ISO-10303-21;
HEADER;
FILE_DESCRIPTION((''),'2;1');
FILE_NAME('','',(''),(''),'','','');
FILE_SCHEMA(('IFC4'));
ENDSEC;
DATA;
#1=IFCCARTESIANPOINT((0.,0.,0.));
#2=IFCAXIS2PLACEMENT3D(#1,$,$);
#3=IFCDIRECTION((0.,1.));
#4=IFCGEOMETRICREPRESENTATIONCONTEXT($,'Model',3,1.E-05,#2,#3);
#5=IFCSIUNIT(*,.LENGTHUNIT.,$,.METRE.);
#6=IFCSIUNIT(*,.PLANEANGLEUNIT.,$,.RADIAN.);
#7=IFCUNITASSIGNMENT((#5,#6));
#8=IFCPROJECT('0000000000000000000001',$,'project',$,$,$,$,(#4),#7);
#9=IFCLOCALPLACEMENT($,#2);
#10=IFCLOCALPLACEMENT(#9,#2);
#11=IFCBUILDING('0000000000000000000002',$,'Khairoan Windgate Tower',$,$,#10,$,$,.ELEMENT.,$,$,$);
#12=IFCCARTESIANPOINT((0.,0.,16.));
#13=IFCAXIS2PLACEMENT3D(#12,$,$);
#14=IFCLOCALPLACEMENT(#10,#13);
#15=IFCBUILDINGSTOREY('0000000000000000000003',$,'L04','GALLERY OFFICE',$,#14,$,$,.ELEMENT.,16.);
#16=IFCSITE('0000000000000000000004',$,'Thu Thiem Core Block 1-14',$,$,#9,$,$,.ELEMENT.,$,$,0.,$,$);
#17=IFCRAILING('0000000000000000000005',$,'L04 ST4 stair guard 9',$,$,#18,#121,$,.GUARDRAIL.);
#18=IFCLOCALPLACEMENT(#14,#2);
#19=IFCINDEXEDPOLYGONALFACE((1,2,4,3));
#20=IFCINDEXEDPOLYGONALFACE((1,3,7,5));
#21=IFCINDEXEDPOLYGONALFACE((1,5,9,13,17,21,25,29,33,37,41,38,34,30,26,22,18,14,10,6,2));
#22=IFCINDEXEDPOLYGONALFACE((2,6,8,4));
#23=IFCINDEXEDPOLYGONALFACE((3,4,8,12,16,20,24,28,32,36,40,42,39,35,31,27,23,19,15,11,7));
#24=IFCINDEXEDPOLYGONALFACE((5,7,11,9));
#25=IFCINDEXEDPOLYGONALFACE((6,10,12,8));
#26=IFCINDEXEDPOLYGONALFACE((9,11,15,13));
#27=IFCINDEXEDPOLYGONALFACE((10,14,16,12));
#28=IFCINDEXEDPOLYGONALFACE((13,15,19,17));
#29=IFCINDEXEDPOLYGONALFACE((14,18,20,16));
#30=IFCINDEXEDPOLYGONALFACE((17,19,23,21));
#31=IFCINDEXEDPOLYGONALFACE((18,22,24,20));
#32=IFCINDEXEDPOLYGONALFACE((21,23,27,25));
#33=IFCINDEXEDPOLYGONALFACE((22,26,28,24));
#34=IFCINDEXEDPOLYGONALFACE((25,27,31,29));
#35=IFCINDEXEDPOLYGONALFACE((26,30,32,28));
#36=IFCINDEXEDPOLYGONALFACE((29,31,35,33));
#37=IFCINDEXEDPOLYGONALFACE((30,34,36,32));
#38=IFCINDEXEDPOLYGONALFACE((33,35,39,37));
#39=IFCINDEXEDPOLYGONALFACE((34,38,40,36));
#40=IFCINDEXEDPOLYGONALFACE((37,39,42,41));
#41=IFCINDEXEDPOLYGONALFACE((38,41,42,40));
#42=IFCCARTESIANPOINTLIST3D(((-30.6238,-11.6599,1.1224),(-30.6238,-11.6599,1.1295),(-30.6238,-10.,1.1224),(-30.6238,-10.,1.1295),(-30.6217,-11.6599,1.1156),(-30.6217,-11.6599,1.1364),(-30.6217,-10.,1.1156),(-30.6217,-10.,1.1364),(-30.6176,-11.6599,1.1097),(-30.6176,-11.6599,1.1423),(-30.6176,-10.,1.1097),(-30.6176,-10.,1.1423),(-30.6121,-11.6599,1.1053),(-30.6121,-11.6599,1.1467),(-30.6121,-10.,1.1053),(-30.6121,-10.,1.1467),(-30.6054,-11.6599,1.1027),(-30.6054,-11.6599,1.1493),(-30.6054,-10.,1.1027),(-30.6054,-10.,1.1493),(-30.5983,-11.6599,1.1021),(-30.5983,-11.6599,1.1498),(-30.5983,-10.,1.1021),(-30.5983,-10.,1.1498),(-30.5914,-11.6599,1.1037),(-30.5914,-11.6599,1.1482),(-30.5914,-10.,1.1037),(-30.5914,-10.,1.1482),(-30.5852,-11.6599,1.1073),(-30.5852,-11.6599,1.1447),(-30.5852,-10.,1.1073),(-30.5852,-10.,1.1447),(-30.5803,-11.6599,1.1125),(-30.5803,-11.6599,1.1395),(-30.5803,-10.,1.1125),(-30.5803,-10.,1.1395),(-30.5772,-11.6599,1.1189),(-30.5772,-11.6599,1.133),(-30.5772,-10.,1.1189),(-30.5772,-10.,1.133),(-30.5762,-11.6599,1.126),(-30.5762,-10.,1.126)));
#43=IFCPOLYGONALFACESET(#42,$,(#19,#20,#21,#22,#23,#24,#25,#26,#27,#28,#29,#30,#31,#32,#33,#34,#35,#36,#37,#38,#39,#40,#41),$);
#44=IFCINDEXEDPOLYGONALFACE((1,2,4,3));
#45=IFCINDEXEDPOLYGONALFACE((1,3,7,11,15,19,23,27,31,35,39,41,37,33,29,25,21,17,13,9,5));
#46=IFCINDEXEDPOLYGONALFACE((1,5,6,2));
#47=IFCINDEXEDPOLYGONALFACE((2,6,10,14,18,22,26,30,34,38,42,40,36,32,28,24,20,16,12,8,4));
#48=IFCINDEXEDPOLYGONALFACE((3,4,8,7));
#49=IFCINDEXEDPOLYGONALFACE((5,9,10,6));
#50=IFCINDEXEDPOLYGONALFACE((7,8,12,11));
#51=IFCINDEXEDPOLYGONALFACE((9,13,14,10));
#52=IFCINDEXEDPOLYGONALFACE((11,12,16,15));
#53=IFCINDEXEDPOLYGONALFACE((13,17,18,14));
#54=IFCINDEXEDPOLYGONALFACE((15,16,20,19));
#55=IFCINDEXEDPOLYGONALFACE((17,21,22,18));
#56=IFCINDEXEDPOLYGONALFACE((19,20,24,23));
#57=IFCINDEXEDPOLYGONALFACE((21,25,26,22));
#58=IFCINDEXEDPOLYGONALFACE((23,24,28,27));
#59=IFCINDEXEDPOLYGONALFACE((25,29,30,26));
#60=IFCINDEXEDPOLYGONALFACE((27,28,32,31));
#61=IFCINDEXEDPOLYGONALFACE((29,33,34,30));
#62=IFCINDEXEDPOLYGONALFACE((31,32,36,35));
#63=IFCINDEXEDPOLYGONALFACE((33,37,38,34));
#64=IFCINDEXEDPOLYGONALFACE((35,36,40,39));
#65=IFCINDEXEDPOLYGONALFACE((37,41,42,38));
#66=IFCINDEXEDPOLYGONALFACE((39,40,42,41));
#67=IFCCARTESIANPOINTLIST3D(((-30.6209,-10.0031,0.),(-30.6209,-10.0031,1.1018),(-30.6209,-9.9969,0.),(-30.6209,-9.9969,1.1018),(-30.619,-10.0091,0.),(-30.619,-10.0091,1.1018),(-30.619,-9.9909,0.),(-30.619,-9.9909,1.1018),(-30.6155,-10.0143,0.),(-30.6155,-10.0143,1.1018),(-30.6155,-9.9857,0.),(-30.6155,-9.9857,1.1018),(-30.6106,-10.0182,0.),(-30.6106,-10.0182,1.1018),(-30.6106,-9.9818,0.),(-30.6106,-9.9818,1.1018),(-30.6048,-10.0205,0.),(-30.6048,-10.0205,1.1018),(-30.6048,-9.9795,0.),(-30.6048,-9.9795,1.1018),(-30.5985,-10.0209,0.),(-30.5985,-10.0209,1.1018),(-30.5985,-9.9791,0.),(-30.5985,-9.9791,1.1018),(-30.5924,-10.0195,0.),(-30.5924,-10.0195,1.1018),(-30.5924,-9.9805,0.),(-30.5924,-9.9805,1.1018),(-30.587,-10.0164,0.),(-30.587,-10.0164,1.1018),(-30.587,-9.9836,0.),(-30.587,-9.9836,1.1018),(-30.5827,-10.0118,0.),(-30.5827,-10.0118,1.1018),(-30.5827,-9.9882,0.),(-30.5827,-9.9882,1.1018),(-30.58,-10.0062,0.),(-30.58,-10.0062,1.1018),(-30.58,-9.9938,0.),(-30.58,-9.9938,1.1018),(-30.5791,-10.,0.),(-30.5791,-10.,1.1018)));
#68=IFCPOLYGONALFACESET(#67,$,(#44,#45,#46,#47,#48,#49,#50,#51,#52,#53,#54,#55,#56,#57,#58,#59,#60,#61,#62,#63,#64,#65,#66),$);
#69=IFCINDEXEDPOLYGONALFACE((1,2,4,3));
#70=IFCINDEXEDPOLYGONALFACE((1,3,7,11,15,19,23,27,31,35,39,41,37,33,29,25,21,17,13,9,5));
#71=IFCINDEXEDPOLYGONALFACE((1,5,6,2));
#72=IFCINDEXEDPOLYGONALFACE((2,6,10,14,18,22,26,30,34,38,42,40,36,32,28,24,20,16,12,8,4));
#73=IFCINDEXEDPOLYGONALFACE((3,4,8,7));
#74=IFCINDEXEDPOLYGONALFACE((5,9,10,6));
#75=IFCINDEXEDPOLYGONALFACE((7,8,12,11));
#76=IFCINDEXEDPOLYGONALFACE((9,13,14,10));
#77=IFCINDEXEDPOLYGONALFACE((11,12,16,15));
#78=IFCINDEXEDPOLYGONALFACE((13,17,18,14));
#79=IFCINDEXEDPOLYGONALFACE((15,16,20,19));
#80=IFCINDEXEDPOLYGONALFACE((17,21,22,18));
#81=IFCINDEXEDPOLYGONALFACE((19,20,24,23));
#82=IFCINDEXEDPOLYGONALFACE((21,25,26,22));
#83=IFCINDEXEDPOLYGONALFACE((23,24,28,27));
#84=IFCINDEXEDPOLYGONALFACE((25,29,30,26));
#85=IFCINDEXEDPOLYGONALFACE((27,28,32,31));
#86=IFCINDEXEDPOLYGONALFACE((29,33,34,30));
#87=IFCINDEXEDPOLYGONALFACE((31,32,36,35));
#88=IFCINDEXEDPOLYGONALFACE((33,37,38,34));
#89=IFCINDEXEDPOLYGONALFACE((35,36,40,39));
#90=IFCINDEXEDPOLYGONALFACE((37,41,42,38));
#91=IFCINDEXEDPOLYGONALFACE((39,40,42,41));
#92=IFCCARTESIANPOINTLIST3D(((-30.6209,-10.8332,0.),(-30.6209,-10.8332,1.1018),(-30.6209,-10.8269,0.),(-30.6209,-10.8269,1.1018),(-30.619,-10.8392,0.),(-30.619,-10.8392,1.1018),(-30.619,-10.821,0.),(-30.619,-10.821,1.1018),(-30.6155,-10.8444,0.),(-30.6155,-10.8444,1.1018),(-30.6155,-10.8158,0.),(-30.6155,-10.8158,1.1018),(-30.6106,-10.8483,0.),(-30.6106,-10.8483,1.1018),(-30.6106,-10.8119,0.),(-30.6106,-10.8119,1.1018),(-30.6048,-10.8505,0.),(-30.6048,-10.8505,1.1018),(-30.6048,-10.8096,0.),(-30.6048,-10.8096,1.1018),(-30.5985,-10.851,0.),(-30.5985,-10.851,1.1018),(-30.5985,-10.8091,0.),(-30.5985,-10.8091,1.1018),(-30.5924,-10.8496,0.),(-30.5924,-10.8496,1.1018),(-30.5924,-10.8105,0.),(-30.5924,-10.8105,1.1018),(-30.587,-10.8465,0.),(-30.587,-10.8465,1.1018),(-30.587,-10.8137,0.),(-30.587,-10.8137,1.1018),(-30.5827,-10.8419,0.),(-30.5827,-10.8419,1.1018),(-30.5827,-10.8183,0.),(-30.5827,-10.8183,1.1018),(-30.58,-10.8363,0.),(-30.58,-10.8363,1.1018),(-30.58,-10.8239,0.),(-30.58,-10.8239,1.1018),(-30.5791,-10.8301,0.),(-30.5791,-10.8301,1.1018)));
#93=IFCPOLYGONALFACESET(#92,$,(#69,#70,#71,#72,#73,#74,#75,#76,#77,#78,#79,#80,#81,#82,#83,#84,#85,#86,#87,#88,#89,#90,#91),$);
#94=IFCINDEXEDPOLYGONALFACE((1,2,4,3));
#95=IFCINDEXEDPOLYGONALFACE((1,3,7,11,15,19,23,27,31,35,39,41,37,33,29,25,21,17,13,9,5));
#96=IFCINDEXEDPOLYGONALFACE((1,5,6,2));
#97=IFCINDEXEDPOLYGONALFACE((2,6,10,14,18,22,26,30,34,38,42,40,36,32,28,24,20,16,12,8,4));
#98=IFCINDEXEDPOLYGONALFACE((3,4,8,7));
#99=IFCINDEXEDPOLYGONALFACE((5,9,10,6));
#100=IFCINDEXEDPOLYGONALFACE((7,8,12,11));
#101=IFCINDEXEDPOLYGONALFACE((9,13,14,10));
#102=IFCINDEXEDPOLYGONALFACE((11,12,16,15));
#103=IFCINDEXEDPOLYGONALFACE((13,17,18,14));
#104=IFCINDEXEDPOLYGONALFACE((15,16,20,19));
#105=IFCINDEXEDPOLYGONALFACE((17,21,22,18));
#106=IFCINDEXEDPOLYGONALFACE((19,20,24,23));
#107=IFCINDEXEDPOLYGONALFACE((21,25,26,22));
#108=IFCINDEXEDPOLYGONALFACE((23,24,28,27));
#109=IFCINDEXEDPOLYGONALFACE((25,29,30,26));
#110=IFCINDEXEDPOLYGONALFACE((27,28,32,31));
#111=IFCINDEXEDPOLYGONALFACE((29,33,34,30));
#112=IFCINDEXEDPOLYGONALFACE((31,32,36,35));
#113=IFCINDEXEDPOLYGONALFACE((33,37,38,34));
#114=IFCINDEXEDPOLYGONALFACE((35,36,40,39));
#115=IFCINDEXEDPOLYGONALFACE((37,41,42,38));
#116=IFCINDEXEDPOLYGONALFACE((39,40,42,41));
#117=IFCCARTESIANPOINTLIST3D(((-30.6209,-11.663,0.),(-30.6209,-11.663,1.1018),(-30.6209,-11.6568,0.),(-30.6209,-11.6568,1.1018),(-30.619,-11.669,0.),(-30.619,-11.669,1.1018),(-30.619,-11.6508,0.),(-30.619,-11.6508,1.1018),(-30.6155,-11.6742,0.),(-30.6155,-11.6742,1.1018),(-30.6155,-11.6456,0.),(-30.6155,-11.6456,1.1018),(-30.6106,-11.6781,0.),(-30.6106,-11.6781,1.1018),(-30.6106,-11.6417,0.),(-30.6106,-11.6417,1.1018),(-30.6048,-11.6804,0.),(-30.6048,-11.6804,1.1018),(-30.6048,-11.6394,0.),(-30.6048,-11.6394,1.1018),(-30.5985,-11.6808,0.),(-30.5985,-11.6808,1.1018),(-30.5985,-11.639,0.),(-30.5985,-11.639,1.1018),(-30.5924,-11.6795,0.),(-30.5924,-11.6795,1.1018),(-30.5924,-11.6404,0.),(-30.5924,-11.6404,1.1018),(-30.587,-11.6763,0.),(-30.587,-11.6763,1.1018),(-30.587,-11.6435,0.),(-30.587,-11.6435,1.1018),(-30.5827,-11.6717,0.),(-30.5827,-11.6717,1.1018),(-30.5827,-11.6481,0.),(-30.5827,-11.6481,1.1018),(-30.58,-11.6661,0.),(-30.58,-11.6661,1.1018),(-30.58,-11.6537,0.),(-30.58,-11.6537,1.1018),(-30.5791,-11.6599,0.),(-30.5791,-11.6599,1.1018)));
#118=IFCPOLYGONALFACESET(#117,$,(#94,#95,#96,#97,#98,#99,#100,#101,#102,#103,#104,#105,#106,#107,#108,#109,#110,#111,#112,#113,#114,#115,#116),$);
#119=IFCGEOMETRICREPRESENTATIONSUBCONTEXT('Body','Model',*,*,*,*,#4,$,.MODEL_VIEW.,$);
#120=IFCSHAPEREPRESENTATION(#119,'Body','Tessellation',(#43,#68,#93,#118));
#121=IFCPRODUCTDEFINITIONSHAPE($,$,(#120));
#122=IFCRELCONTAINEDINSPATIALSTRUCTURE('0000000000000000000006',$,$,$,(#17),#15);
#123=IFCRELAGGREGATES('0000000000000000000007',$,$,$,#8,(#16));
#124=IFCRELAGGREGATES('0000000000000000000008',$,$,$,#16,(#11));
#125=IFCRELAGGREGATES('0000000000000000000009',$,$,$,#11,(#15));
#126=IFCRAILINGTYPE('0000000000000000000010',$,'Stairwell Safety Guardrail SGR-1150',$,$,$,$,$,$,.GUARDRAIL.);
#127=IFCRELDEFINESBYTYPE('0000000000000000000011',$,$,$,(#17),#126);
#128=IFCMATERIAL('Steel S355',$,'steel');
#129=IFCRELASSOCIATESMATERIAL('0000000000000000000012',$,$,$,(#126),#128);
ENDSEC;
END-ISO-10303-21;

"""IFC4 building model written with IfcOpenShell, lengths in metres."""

from ifc_helpers import new_model, si_unit, direction, frame, origin, origin_2d, place, context, subcontext, project, spatial, circle, extrude, material, type_object, element, save


model = new_model("IFC4")

# Units and contexts
model_context = context("Model", 3, precision=1e-05, world=origin(), true_north=direction((0.0, 1.0)))
body_context = subcontext(model_context, "Body", "Model", "MODEL_VIEW")
ifc_project = project(units=[si_unit("LENGTHUNIT", "METRE"), si_unit("PLANEANGLEUNIT", "RADIAN")], contexts=[model_context])

# Site, building, storey
site_placement = place(None, origin())
site = spatial("IfcSite", under=ifc_project, at=site_placement, Name="Thu Thiem Core Block 1-14", CompositionType="ELEMENT", RefElevation=0.0)
building_placement = place(site_placement, origin())
building = spatial("IfcBuilding", under=site, at=building_placement, Name="Khairoan Windgate Tower", CompositionType="ELEMENT")
storey_placement = place(building_placement, frame((0.0, 0.0, 16.0)))
storey = spatial("IfcBuildingStorey", under=building, at=storey_placement, Name="L04", Description="GALLERY OFFICE", CompositionType="ELEMENT", Elevation=16.0)

# Railing
ifc_material_1 = material(Name="Steel S355", Category="steel")
railing_type = type_object("IfcRailingType", Name="Stairwell Safety Guardrail SGR-1150", PredefinedType="GUARDRAIL", material=ifc_material_1)
for number, where, name in (
    (1, (-30.6001, -10.0, 0.0), "L04 ST4 stair guard 9"),
):
    element("IfcRailing", number, at=place(storey_placement, frame(where)), inside=storey, type_object=railing_type, Name=name, PredefinedType="GUARDRAIL", context=body_context, shape_type="SweptSolid", body=[
        extrude(circle(Radius=0.0239, at=origin_2d()), frame((0.0, 0.0, 1.126), z_axis=(0.0, -1.0, 0.0), x_axis=(1.0, 0.0, 0.0)), (0.0, 0.0, 1.0), 1.6599),
        extrude(circle(Radius=0.021, at=origin_2d()), origin(), (0.0, 0.0, 1.0), 1.1018),
        extrude(circle(Radius=0.021, at=origin_2d()), frame((0.0, -0.8301, 0.0)), (0.0, 0.0, 1.0), 1.1018),
        extrude(circle(Radius=0.021, at=origin_2d()), frame((0.0, -1.6599, 0.0)), (0.0, 0.0, 1.0), 1.1018),
    ])

save(model, "model.ifc")
